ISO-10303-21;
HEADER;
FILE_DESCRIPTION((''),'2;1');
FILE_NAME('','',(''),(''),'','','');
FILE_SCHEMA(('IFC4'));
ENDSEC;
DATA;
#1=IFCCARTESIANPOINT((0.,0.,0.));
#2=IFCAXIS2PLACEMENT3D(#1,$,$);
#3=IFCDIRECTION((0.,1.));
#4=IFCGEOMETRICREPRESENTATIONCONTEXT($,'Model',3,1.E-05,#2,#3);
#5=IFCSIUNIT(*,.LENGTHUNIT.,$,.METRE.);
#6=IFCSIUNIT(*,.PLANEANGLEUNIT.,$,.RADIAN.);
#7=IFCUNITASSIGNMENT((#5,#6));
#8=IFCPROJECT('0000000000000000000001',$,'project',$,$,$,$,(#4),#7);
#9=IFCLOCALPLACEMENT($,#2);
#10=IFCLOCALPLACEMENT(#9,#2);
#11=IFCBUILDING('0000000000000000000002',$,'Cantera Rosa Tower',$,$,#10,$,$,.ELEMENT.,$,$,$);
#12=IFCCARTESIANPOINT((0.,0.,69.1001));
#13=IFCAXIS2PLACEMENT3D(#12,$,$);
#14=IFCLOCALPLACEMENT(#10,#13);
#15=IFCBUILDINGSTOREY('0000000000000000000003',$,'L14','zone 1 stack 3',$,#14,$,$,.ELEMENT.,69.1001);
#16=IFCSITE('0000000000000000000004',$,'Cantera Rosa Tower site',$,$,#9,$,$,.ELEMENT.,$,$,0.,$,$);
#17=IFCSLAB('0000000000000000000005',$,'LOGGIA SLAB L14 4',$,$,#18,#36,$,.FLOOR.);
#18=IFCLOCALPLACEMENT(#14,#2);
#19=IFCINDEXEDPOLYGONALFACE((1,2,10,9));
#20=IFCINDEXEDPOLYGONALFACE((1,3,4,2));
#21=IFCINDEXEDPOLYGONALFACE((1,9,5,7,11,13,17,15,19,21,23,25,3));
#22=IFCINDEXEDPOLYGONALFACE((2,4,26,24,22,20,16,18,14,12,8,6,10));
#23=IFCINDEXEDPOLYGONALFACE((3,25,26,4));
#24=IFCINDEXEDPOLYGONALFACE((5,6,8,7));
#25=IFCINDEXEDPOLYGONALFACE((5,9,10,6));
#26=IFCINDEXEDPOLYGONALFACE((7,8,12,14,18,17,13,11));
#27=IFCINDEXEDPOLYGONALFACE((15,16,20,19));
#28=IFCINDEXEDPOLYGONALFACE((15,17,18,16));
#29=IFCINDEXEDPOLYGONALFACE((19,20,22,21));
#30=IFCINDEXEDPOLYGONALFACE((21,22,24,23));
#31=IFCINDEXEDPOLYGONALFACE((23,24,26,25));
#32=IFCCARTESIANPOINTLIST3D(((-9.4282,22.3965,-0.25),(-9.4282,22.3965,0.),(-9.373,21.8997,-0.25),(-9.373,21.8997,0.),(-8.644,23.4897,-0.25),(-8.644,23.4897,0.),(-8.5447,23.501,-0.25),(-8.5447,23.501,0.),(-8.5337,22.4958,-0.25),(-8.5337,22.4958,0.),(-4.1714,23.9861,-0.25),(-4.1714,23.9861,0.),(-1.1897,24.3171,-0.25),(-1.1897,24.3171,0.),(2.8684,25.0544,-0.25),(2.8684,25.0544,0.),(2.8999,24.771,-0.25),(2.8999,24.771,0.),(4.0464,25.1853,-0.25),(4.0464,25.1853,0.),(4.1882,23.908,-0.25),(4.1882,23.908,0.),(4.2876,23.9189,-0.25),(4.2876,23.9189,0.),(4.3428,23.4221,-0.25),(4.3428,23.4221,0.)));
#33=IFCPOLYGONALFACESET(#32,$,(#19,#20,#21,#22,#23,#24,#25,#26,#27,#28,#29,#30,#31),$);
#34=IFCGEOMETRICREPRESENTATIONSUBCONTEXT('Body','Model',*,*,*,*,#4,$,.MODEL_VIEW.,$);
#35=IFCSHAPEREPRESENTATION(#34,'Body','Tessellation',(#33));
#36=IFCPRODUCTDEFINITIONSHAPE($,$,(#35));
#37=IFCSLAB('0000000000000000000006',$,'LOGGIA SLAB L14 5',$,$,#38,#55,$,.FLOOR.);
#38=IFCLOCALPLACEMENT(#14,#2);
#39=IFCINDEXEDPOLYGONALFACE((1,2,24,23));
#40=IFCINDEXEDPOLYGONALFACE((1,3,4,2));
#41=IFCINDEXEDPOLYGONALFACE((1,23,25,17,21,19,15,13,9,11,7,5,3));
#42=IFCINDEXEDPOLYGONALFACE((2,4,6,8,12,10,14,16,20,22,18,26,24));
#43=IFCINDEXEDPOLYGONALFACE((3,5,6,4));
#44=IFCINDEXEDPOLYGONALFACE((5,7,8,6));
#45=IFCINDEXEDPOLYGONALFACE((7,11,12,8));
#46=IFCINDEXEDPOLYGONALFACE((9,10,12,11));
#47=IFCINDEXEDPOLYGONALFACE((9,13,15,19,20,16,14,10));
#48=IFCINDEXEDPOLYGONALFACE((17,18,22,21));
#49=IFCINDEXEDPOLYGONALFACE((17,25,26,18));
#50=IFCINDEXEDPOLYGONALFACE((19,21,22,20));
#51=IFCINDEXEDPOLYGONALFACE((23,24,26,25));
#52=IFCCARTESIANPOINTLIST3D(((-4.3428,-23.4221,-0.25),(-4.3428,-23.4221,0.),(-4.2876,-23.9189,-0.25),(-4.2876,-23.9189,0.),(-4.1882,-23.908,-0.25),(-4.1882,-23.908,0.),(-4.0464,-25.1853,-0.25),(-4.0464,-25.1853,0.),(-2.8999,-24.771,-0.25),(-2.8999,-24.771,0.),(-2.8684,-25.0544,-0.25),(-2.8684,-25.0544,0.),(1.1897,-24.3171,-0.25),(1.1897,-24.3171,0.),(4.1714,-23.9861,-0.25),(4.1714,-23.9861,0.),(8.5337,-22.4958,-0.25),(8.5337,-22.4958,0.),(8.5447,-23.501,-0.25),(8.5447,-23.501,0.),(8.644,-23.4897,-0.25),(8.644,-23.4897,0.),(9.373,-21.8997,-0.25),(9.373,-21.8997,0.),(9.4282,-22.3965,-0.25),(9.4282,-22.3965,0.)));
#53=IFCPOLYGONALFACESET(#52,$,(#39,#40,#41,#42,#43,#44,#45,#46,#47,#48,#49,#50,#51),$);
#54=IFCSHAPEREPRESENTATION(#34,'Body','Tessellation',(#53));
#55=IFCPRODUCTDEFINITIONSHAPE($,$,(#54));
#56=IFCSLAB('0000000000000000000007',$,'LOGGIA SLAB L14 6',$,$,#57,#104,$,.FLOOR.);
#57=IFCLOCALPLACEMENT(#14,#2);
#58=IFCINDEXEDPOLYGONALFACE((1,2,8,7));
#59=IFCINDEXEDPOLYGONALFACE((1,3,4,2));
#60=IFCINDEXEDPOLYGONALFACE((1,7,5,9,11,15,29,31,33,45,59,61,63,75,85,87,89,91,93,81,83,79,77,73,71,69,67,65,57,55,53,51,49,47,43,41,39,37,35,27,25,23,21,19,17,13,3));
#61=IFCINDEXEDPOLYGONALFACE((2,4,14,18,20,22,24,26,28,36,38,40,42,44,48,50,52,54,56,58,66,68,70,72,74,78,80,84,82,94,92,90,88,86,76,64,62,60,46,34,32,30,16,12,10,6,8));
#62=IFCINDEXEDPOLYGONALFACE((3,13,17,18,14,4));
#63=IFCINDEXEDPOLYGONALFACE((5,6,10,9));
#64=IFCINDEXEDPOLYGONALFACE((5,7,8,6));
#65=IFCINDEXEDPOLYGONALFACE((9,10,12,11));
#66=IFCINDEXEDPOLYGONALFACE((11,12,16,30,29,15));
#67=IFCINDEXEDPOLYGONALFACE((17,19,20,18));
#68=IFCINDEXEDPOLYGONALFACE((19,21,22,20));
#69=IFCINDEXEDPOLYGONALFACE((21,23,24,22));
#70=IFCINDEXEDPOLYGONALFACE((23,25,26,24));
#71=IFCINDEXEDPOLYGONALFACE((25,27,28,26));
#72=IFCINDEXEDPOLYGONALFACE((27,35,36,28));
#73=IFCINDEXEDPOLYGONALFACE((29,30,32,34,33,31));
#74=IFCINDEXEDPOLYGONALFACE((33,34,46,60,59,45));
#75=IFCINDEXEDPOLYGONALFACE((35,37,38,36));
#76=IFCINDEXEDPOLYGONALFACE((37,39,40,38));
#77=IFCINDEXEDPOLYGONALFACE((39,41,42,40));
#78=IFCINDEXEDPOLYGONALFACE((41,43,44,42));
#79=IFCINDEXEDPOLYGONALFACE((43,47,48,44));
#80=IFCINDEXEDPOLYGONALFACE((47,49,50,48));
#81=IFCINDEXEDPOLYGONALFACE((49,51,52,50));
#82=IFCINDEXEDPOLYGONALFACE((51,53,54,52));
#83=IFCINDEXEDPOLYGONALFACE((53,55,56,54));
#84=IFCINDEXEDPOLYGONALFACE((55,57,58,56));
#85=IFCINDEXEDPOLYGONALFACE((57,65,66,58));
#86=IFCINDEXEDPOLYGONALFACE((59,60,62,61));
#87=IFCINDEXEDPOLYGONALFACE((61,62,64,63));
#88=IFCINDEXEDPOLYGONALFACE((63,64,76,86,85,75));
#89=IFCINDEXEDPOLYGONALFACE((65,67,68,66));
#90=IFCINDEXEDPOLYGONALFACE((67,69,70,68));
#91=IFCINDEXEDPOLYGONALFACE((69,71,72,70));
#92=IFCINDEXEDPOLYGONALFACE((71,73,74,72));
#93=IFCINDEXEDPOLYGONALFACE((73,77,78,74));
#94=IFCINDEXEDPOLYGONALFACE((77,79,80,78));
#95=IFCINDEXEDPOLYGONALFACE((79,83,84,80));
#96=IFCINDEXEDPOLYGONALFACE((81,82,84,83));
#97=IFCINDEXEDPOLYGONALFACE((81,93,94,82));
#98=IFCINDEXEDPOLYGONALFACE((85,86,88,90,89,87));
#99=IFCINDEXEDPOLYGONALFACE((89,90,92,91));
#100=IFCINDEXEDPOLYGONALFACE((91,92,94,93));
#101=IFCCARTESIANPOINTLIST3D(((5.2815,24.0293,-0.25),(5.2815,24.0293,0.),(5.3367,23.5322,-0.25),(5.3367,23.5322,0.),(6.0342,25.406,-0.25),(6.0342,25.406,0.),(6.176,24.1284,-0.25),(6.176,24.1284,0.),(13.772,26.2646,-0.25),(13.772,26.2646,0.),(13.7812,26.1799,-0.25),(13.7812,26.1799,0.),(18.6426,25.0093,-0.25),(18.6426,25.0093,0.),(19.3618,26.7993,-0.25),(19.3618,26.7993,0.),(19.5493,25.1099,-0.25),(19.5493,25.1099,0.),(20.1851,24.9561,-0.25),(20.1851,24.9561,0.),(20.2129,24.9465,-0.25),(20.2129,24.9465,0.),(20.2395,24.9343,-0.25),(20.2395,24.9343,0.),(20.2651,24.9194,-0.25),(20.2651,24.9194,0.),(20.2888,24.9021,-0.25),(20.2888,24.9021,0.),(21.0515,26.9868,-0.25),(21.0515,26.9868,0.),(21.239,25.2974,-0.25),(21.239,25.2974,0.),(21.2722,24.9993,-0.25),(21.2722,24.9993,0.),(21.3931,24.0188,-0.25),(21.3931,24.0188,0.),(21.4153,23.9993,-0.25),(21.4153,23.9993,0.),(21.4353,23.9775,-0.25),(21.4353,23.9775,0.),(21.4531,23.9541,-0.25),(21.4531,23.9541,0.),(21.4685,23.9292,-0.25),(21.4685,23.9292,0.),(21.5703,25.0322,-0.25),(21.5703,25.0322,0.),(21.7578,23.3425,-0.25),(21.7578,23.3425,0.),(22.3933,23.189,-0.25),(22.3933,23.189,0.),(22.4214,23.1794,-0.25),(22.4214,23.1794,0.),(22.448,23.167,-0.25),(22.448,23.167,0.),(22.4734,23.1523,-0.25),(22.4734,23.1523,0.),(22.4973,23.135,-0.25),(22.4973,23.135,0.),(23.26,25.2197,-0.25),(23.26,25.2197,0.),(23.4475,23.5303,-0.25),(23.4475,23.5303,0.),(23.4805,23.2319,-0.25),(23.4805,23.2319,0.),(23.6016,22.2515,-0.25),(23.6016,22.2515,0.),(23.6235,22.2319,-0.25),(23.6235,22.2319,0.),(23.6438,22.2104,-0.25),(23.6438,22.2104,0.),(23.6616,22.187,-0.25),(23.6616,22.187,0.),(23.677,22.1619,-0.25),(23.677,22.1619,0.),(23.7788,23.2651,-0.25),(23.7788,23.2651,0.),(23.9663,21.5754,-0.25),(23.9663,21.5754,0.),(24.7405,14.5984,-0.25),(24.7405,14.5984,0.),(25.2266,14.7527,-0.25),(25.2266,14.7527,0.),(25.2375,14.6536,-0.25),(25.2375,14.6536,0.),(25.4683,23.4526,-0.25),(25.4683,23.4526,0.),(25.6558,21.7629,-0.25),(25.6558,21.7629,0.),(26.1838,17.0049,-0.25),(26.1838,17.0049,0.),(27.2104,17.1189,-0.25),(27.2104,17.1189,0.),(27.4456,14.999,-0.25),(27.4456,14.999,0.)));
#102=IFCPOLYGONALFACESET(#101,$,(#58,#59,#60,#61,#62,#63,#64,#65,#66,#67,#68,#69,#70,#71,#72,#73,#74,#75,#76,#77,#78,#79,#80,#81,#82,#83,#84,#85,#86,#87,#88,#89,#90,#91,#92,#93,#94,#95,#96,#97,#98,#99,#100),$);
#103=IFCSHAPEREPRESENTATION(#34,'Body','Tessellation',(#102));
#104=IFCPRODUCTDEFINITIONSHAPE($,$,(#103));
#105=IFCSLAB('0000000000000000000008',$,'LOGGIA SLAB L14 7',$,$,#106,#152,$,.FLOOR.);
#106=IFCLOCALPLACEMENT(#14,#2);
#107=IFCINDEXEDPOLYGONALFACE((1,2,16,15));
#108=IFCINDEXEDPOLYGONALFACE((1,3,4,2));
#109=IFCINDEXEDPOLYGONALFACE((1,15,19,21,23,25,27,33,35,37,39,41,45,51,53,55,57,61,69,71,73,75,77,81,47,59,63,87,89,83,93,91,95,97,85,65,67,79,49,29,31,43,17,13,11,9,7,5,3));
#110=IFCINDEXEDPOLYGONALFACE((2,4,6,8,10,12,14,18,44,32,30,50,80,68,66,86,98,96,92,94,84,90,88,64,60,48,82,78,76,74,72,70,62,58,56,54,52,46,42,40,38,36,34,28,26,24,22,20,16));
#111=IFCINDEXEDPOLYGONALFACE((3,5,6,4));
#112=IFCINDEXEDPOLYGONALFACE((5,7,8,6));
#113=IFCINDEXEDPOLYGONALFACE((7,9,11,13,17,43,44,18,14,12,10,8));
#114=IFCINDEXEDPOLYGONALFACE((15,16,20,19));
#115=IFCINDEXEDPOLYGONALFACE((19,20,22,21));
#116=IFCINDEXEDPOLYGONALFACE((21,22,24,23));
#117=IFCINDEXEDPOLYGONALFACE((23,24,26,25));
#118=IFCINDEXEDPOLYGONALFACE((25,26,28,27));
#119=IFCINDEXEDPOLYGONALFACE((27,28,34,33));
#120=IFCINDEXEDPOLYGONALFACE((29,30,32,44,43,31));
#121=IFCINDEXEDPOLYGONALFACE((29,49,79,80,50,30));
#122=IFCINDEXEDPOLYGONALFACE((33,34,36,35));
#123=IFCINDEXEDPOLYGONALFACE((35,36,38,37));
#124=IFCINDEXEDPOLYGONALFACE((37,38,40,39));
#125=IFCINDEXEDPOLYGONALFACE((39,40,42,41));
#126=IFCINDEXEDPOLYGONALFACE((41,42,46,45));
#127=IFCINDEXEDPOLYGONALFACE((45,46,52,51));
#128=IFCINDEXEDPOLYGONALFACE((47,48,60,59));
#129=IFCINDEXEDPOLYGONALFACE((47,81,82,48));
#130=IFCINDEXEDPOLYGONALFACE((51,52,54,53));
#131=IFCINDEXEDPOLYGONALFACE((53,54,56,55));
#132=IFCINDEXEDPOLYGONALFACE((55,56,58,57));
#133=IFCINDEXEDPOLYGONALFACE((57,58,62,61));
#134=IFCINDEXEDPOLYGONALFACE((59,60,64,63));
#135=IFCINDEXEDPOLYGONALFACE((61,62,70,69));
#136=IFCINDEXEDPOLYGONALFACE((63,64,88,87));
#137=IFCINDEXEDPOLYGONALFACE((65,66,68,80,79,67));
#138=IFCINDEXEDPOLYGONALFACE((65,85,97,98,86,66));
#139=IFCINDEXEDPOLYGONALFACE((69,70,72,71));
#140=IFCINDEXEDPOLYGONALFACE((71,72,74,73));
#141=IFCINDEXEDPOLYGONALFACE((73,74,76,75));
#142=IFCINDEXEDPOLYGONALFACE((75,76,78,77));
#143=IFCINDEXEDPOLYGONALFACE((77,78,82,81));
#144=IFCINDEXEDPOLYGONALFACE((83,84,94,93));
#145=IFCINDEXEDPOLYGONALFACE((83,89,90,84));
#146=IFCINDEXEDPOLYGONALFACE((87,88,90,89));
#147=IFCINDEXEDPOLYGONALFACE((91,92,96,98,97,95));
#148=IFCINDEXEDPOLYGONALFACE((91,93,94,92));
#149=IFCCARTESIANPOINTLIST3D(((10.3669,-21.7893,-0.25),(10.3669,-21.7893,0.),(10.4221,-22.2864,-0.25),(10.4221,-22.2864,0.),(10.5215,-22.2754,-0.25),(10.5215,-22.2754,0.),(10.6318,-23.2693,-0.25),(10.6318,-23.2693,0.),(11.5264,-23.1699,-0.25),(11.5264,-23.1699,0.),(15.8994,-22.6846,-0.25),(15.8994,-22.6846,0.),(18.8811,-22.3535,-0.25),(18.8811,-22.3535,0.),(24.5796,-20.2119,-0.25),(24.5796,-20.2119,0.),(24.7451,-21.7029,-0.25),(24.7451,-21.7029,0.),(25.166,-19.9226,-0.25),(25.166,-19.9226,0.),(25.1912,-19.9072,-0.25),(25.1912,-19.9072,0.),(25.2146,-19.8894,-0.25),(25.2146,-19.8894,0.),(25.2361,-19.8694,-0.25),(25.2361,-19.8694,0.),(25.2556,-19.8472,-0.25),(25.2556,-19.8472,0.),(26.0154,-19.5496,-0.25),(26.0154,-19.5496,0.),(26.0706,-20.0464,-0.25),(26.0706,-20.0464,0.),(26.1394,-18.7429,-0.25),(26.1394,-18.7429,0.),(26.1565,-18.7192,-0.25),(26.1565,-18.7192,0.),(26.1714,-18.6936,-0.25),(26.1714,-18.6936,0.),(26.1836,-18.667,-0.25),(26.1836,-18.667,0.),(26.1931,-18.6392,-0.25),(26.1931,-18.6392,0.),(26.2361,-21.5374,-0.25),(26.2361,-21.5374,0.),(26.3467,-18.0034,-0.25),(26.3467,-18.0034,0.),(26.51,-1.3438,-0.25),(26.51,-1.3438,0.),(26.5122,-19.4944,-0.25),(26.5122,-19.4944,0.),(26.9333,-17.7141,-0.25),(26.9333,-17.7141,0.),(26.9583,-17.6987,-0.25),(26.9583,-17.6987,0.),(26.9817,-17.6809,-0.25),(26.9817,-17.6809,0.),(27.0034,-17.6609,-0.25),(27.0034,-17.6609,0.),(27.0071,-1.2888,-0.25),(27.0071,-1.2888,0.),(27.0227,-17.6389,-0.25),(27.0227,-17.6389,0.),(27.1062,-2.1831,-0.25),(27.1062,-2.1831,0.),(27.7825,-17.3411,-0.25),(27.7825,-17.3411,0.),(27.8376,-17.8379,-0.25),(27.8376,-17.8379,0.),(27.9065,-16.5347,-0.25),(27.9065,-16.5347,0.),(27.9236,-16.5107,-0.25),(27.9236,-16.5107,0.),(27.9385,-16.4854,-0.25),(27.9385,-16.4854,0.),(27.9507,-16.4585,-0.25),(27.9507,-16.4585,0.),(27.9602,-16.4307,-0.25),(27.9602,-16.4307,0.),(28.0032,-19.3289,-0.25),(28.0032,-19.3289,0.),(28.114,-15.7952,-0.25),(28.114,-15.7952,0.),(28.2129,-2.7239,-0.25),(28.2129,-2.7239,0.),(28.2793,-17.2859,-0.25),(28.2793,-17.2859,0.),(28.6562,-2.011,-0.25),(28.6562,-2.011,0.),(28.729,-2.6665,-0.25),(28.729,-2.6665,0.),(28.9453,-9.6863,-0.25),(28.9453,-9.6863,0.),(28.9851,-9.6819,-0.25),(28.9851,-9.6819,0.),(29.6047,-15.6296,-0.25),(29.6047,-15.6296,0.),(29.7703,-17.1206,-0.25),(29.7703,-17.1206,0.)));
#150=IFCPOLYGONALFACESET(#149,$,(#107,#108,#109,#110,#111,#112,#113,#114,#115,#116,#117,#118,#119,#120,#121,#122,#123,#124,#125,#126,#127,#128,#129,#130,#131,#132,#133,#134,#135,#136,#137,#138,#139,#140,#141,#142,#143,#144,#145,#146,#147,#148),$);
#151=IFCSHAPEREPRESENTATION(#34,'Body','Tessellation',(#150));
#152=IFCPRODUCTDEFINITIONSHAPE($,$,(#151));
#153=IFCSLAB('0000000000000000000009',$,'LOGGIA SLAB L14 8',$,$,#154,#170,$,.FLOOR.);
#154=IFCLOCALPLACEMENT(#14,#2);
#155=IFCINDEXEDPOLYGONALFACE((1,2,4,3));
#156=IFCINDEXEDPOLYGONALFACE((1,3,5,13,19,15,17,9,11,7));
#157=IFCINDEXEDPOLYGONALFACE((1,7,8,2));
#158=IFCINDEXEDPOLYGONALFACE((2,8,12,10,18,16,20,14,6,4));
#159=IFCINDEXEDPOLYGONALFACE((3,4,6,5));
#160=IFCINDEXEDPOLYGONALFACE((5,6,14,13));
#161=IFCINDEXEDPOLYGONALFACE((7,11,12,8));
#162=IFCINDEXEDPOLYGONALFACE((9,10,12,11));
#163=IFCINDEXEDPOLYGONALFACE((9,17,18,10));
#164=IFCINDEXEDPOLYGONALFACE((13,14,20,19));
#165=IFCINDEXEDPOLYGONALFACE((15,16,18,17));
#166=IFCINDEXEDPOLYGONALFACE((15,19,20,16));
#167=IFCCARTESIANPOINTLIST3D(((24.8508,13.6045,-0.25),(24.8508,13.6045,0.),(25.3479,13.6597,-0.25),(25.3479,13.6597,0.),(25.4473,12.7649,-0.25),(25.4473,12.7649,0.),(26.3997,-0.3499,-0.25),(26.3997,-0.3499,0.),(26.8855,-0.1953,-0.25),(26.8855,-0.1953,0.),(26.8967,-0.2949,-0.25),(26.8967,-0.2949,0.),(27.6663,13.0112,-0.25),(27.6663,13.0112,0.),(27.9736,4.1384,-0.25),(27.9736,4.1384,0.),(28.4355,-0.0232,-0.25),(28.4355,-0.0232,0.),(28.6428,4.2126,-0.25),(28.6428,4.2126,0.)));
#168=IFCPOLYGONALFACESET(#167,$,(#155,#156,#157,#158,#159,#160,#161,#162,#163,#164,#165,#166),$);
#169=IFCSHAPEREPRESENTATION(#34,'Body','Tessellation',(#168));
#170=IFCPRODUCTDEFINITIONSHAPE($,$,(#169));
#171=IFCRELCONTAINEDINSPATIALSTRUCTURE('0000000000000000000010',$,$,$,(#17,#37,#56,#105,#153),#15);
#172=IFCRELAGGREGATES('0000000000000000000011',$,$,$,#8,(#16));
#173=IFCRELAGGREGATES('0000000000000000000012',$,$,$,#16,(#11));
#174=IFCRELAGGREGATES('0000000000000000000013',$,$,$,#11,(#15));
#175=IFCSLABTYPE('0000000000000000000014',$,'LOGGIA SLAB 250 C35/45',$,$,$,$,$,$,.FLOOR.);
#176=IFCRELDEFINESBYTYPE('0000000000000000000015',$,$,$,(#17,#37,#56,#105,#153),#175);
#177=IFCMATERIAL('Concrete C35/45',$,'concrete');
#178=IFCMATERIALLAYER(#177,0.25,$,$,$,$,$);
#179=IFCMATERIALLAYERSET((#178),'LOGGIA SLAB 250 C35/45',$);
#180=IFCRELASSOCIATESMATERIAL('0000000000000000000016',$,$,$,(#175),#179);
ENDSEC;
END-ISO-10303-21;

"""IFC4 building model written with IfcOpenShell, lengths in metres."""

from ifc_helpers import new_model, si_unit, direction, frame, origin, place, context, subcontext, project, spatial, polyline, outline, extrude, material, layer, layer_set, type_object, element, save


model = new_model("IFC4")

# Units and contexts
model_context = context("Model", 3, precision=1e-05, world=origin(), true_north=direction((0.0, 1.0)))
body_context = subcontext(model_context, "Body", "Model", "MODEL_VIEW")
ifc_project = project(units=[si_unit("LENGTHUNIT", "METRE"), si_unit("PLANEANGLEUNIT", "RADIAN")], contexts=[model_context])

# Site, building, storey
site_placement = place(None, origin())
site = spatial("IfcSite", under=ifc_project, at=site_placement, Name="Cantera Rosa Tower site", CompositionType="ELEMENT", RefElevation=0.0)
building_placement = place(site_placement, origin())
building = spatial("IfcBuilding", under=site, at=building_placement, Name="Cantera Rosa Tower", CompositionType="ELEMENT")
storey_placement = place(building_placement, frame((0.0, 0.0, 69.1001)))
storey = spatial("IfcBuildingStorey", under=building, at=storey_placement, Name="L14", Description="zone 1 stack 3", CompositionType="ELEMENT", Elevation=69.1001)

# Slabs
ifc_material_1 = material(Name="Concrete C35/45", Category="concrete")
ifc_layer_1 = layer(ifc_material_1, 0.25)
ifc_layer_set_1 = layer_set([ifc_layer_1], Name="LOGGIA SLAB 250 C35/45")
slab_type_1 = type_object("IfcSlabType", Name="LOGGIA SLAB 250 C35/45", PredefinedType="FLOOR", material=ifc_layer_set_1)
slab_1_placement = place(storey_placement, frame((0.0, 0.0, -0.25)))
element("IfcSlab", 1, at=slab_1_placement, inside=storey, type_object=slab_type_1, Name="LOGGIA SLAB L14 4", PredefinedType="FLOOR", context=body_context, shape_type="SweptSolid", body=[
    extrude(outline(polyline([(-1.1897, 24.3171), (2.8999, 24.771), (2.8684, 25.0544), (4.0464, 25.1853), (4.1882, 23.908), (4.2876, 23.9189), (4.3428, 23.4221), (-9.373, 21.8997), (-9.4282, 22.3965), (-8.5337, 22.4958), (-8.644, 23.4897), (-8.5447, 23.501), (-4.1714, 23.9861), (-1.1897, 24.3171)])), origin(), (0.0, 0.0, 1.0), 0.25),
])
slab_2_placement = place(storey_placement, frame((0.0, 0.0, -0.25)))
element("IfcSlab", 2, at=slab_2_placement, inside=storey, type_object=slab_type_1, Name="LOGGIA SLAB L14 5", PredefinedType="FLOOR", context=body_context, shape_type="SweptSolid", body=[
    extrude(outline(polyline([(-4.1882, -23.908), (-4.2876, -23.9189), (-4.3428, -23.4221), (9.373, -21.8997), (9.4282, -22.3965), (8.5337, -22.4958), (8.644, -23.4897), (8.5447, -23.501), (4.1714, -23.9861), (1.1897, -24.3171), (-2.8999, -24.771), (-2.8684, -25.0544), (-4.0464, -25.1853), (-4.1882, -23.908)])), origin(), (0.0, 0.0, 1.0), 0.25),
])
slab_3_placement = place(storey_placement, frame((0.0, 0.0, -0.25)))
element("IfcSlab", 3, at=slab_3_placement, inside=storey, type_object=slab_type_1, Name="LOGGIA SLAB L14 6", PredefinedType="FLOOR", context=body_context, shape_type="SweptSolid", body=[
    extrude(outline(polyline([(19.3618, 26.7993), (21.0515, 26.9868), (21.239, 25.2974), (21.2722, 24.9993), (21.5703, 25.0322), (23.26, 25.2197), (23.4475, 23.5303), (23.4805, 23.2319), (23.7788, 23.2651), (25.4683, 23.4526), (25.6558, 21.7629), (26.1838, 17.0049), (27.2104, 17.1189), (27.4456, 14.999), (25.2266, 14.7527), (25.2375, 14.6536), (24.7405, 14.5984), (23.9663, 21.5754), (23.677, 22.1619), (23.6616, 22.187), (23.6438, 22.2104), (23.6235, 22.2319), (23.6016, 22.2515), (22.4973, 23.135), (22.4734, 23.1523), (22.448, 23.167), (22.4214, 23.1794), (22.3933, 23.189), (21.7578, 23.3425), (21.4685, 23.9292), (21.4531, 23.9541), (21.4353, 23.9775), (21.4153, 23.9993), (21.3931, 24.0188), (20.2888, 24.9021), (20.2651, 24.9194), (20.2395, 24.9343), (20.2129, 24.9465), (20.1851, 24.9561), (19.5493, 25.1099), (18.6426, 25.0093), (5.3367, 23.5322), (5.2815, 24.0293), (6.176, 24.1284), (6.0342, 25.406), (13.772, 26.2646), (13.7812, 26.1799), (19.3618, 26.7993)])), origin(), (0.0, 0.0, 1.0), 0.25),
])
slab_4_placement = place(storey_placement, frame((0.0, 0.0, -0.25)))
element("IfcSlab", 4, at=slab_4_placement, inside=storey, type_object=slab_type_1, Name="LOGGIA SLAB L14 7", PredefinedType="FLOOR", context=body_context, shape_type="SweptSolid", body=[
    extrude(outline(polyline([(28.9851, -9.6819), (28.9453, -9.6863), (29.6047, -15.6296), (29.7703, -17.1206), (28.2793, -17.2859), (27.7825, -17.3411), (27.8376, -17.8379), (28.0032, -19.3289), (26.5122, -19.4944), (26.0154, -19.5496), (26.0706, -20.0464), (26.2361, -21.5374), (24.7451, -21.7029), (18.8811, -22.3535), (15.8994, -22.6846), (11.5264, -23.1699), (10.6318, -23.2693), (10.5215, -22.2754), (10.4221, -22.2864), (10.3669, -21.7893), (24.5796, -20.2119), (25.166, -19.9226), (25.1912, -19.9072), (25.2146, -19.8894), (25.2361, -19.8694), (25.2556, -19.8472), (26.1394, -18.7429), (26.1565, -18.7192), (26.1714, -18.6936), (26.1836, -18.667), (26.1931, -18.6392), (26.3467, -18.0034), (26.9333, -17.7141), (26.9583, -17.6987), (26.9817, -17.6809), (27.0034, -17.6609), (27.0227, -17.6389), (27.9065, -16.5347), (27.9236, -16.5107), (27.9385, -16.4854), (27.9507, -16.4585), (27.9602, -16.4307), (28.114, -15.7952), (26.51, -1.3438), (27.0071, -1.2888), (27.1062, -2.1831), (28.6562, -2.011), (28.729, -2.6665), (28.2129, -2.7239), (28.9851, -9.6819)])), origin(), (0.0, 0.0, 1.0), 0.25),
])
slab_5_placement = place(storey_placement, frame((0.0, 0.0, -0.25)))
element("IfcSlab", 5, at=slab_5_placement, inside=storey, type_object=slab_type_1, Name="LOGGIA SLAB L14 8", PredefinedType="FLOOR", context=body_context, shape_type="SweptSolid", body=[
    extrude(outline(polyline([(28.4355, -0.0232), (26.8855, -0.1953), (26.8967, -0.2949), (26.3997, -0.3499), (24.8508, 13.6045), (25.3479, 13.6597), (25.4473, 12.7649), (27.6663, 13.0112), (28.6428, 4.2126), (27.9736, 4.1384), (28.4355, -0.0232)])), origin(), (0.0, 0.0, 1.0), 0.25),
])

save(model, "model.ifc")
